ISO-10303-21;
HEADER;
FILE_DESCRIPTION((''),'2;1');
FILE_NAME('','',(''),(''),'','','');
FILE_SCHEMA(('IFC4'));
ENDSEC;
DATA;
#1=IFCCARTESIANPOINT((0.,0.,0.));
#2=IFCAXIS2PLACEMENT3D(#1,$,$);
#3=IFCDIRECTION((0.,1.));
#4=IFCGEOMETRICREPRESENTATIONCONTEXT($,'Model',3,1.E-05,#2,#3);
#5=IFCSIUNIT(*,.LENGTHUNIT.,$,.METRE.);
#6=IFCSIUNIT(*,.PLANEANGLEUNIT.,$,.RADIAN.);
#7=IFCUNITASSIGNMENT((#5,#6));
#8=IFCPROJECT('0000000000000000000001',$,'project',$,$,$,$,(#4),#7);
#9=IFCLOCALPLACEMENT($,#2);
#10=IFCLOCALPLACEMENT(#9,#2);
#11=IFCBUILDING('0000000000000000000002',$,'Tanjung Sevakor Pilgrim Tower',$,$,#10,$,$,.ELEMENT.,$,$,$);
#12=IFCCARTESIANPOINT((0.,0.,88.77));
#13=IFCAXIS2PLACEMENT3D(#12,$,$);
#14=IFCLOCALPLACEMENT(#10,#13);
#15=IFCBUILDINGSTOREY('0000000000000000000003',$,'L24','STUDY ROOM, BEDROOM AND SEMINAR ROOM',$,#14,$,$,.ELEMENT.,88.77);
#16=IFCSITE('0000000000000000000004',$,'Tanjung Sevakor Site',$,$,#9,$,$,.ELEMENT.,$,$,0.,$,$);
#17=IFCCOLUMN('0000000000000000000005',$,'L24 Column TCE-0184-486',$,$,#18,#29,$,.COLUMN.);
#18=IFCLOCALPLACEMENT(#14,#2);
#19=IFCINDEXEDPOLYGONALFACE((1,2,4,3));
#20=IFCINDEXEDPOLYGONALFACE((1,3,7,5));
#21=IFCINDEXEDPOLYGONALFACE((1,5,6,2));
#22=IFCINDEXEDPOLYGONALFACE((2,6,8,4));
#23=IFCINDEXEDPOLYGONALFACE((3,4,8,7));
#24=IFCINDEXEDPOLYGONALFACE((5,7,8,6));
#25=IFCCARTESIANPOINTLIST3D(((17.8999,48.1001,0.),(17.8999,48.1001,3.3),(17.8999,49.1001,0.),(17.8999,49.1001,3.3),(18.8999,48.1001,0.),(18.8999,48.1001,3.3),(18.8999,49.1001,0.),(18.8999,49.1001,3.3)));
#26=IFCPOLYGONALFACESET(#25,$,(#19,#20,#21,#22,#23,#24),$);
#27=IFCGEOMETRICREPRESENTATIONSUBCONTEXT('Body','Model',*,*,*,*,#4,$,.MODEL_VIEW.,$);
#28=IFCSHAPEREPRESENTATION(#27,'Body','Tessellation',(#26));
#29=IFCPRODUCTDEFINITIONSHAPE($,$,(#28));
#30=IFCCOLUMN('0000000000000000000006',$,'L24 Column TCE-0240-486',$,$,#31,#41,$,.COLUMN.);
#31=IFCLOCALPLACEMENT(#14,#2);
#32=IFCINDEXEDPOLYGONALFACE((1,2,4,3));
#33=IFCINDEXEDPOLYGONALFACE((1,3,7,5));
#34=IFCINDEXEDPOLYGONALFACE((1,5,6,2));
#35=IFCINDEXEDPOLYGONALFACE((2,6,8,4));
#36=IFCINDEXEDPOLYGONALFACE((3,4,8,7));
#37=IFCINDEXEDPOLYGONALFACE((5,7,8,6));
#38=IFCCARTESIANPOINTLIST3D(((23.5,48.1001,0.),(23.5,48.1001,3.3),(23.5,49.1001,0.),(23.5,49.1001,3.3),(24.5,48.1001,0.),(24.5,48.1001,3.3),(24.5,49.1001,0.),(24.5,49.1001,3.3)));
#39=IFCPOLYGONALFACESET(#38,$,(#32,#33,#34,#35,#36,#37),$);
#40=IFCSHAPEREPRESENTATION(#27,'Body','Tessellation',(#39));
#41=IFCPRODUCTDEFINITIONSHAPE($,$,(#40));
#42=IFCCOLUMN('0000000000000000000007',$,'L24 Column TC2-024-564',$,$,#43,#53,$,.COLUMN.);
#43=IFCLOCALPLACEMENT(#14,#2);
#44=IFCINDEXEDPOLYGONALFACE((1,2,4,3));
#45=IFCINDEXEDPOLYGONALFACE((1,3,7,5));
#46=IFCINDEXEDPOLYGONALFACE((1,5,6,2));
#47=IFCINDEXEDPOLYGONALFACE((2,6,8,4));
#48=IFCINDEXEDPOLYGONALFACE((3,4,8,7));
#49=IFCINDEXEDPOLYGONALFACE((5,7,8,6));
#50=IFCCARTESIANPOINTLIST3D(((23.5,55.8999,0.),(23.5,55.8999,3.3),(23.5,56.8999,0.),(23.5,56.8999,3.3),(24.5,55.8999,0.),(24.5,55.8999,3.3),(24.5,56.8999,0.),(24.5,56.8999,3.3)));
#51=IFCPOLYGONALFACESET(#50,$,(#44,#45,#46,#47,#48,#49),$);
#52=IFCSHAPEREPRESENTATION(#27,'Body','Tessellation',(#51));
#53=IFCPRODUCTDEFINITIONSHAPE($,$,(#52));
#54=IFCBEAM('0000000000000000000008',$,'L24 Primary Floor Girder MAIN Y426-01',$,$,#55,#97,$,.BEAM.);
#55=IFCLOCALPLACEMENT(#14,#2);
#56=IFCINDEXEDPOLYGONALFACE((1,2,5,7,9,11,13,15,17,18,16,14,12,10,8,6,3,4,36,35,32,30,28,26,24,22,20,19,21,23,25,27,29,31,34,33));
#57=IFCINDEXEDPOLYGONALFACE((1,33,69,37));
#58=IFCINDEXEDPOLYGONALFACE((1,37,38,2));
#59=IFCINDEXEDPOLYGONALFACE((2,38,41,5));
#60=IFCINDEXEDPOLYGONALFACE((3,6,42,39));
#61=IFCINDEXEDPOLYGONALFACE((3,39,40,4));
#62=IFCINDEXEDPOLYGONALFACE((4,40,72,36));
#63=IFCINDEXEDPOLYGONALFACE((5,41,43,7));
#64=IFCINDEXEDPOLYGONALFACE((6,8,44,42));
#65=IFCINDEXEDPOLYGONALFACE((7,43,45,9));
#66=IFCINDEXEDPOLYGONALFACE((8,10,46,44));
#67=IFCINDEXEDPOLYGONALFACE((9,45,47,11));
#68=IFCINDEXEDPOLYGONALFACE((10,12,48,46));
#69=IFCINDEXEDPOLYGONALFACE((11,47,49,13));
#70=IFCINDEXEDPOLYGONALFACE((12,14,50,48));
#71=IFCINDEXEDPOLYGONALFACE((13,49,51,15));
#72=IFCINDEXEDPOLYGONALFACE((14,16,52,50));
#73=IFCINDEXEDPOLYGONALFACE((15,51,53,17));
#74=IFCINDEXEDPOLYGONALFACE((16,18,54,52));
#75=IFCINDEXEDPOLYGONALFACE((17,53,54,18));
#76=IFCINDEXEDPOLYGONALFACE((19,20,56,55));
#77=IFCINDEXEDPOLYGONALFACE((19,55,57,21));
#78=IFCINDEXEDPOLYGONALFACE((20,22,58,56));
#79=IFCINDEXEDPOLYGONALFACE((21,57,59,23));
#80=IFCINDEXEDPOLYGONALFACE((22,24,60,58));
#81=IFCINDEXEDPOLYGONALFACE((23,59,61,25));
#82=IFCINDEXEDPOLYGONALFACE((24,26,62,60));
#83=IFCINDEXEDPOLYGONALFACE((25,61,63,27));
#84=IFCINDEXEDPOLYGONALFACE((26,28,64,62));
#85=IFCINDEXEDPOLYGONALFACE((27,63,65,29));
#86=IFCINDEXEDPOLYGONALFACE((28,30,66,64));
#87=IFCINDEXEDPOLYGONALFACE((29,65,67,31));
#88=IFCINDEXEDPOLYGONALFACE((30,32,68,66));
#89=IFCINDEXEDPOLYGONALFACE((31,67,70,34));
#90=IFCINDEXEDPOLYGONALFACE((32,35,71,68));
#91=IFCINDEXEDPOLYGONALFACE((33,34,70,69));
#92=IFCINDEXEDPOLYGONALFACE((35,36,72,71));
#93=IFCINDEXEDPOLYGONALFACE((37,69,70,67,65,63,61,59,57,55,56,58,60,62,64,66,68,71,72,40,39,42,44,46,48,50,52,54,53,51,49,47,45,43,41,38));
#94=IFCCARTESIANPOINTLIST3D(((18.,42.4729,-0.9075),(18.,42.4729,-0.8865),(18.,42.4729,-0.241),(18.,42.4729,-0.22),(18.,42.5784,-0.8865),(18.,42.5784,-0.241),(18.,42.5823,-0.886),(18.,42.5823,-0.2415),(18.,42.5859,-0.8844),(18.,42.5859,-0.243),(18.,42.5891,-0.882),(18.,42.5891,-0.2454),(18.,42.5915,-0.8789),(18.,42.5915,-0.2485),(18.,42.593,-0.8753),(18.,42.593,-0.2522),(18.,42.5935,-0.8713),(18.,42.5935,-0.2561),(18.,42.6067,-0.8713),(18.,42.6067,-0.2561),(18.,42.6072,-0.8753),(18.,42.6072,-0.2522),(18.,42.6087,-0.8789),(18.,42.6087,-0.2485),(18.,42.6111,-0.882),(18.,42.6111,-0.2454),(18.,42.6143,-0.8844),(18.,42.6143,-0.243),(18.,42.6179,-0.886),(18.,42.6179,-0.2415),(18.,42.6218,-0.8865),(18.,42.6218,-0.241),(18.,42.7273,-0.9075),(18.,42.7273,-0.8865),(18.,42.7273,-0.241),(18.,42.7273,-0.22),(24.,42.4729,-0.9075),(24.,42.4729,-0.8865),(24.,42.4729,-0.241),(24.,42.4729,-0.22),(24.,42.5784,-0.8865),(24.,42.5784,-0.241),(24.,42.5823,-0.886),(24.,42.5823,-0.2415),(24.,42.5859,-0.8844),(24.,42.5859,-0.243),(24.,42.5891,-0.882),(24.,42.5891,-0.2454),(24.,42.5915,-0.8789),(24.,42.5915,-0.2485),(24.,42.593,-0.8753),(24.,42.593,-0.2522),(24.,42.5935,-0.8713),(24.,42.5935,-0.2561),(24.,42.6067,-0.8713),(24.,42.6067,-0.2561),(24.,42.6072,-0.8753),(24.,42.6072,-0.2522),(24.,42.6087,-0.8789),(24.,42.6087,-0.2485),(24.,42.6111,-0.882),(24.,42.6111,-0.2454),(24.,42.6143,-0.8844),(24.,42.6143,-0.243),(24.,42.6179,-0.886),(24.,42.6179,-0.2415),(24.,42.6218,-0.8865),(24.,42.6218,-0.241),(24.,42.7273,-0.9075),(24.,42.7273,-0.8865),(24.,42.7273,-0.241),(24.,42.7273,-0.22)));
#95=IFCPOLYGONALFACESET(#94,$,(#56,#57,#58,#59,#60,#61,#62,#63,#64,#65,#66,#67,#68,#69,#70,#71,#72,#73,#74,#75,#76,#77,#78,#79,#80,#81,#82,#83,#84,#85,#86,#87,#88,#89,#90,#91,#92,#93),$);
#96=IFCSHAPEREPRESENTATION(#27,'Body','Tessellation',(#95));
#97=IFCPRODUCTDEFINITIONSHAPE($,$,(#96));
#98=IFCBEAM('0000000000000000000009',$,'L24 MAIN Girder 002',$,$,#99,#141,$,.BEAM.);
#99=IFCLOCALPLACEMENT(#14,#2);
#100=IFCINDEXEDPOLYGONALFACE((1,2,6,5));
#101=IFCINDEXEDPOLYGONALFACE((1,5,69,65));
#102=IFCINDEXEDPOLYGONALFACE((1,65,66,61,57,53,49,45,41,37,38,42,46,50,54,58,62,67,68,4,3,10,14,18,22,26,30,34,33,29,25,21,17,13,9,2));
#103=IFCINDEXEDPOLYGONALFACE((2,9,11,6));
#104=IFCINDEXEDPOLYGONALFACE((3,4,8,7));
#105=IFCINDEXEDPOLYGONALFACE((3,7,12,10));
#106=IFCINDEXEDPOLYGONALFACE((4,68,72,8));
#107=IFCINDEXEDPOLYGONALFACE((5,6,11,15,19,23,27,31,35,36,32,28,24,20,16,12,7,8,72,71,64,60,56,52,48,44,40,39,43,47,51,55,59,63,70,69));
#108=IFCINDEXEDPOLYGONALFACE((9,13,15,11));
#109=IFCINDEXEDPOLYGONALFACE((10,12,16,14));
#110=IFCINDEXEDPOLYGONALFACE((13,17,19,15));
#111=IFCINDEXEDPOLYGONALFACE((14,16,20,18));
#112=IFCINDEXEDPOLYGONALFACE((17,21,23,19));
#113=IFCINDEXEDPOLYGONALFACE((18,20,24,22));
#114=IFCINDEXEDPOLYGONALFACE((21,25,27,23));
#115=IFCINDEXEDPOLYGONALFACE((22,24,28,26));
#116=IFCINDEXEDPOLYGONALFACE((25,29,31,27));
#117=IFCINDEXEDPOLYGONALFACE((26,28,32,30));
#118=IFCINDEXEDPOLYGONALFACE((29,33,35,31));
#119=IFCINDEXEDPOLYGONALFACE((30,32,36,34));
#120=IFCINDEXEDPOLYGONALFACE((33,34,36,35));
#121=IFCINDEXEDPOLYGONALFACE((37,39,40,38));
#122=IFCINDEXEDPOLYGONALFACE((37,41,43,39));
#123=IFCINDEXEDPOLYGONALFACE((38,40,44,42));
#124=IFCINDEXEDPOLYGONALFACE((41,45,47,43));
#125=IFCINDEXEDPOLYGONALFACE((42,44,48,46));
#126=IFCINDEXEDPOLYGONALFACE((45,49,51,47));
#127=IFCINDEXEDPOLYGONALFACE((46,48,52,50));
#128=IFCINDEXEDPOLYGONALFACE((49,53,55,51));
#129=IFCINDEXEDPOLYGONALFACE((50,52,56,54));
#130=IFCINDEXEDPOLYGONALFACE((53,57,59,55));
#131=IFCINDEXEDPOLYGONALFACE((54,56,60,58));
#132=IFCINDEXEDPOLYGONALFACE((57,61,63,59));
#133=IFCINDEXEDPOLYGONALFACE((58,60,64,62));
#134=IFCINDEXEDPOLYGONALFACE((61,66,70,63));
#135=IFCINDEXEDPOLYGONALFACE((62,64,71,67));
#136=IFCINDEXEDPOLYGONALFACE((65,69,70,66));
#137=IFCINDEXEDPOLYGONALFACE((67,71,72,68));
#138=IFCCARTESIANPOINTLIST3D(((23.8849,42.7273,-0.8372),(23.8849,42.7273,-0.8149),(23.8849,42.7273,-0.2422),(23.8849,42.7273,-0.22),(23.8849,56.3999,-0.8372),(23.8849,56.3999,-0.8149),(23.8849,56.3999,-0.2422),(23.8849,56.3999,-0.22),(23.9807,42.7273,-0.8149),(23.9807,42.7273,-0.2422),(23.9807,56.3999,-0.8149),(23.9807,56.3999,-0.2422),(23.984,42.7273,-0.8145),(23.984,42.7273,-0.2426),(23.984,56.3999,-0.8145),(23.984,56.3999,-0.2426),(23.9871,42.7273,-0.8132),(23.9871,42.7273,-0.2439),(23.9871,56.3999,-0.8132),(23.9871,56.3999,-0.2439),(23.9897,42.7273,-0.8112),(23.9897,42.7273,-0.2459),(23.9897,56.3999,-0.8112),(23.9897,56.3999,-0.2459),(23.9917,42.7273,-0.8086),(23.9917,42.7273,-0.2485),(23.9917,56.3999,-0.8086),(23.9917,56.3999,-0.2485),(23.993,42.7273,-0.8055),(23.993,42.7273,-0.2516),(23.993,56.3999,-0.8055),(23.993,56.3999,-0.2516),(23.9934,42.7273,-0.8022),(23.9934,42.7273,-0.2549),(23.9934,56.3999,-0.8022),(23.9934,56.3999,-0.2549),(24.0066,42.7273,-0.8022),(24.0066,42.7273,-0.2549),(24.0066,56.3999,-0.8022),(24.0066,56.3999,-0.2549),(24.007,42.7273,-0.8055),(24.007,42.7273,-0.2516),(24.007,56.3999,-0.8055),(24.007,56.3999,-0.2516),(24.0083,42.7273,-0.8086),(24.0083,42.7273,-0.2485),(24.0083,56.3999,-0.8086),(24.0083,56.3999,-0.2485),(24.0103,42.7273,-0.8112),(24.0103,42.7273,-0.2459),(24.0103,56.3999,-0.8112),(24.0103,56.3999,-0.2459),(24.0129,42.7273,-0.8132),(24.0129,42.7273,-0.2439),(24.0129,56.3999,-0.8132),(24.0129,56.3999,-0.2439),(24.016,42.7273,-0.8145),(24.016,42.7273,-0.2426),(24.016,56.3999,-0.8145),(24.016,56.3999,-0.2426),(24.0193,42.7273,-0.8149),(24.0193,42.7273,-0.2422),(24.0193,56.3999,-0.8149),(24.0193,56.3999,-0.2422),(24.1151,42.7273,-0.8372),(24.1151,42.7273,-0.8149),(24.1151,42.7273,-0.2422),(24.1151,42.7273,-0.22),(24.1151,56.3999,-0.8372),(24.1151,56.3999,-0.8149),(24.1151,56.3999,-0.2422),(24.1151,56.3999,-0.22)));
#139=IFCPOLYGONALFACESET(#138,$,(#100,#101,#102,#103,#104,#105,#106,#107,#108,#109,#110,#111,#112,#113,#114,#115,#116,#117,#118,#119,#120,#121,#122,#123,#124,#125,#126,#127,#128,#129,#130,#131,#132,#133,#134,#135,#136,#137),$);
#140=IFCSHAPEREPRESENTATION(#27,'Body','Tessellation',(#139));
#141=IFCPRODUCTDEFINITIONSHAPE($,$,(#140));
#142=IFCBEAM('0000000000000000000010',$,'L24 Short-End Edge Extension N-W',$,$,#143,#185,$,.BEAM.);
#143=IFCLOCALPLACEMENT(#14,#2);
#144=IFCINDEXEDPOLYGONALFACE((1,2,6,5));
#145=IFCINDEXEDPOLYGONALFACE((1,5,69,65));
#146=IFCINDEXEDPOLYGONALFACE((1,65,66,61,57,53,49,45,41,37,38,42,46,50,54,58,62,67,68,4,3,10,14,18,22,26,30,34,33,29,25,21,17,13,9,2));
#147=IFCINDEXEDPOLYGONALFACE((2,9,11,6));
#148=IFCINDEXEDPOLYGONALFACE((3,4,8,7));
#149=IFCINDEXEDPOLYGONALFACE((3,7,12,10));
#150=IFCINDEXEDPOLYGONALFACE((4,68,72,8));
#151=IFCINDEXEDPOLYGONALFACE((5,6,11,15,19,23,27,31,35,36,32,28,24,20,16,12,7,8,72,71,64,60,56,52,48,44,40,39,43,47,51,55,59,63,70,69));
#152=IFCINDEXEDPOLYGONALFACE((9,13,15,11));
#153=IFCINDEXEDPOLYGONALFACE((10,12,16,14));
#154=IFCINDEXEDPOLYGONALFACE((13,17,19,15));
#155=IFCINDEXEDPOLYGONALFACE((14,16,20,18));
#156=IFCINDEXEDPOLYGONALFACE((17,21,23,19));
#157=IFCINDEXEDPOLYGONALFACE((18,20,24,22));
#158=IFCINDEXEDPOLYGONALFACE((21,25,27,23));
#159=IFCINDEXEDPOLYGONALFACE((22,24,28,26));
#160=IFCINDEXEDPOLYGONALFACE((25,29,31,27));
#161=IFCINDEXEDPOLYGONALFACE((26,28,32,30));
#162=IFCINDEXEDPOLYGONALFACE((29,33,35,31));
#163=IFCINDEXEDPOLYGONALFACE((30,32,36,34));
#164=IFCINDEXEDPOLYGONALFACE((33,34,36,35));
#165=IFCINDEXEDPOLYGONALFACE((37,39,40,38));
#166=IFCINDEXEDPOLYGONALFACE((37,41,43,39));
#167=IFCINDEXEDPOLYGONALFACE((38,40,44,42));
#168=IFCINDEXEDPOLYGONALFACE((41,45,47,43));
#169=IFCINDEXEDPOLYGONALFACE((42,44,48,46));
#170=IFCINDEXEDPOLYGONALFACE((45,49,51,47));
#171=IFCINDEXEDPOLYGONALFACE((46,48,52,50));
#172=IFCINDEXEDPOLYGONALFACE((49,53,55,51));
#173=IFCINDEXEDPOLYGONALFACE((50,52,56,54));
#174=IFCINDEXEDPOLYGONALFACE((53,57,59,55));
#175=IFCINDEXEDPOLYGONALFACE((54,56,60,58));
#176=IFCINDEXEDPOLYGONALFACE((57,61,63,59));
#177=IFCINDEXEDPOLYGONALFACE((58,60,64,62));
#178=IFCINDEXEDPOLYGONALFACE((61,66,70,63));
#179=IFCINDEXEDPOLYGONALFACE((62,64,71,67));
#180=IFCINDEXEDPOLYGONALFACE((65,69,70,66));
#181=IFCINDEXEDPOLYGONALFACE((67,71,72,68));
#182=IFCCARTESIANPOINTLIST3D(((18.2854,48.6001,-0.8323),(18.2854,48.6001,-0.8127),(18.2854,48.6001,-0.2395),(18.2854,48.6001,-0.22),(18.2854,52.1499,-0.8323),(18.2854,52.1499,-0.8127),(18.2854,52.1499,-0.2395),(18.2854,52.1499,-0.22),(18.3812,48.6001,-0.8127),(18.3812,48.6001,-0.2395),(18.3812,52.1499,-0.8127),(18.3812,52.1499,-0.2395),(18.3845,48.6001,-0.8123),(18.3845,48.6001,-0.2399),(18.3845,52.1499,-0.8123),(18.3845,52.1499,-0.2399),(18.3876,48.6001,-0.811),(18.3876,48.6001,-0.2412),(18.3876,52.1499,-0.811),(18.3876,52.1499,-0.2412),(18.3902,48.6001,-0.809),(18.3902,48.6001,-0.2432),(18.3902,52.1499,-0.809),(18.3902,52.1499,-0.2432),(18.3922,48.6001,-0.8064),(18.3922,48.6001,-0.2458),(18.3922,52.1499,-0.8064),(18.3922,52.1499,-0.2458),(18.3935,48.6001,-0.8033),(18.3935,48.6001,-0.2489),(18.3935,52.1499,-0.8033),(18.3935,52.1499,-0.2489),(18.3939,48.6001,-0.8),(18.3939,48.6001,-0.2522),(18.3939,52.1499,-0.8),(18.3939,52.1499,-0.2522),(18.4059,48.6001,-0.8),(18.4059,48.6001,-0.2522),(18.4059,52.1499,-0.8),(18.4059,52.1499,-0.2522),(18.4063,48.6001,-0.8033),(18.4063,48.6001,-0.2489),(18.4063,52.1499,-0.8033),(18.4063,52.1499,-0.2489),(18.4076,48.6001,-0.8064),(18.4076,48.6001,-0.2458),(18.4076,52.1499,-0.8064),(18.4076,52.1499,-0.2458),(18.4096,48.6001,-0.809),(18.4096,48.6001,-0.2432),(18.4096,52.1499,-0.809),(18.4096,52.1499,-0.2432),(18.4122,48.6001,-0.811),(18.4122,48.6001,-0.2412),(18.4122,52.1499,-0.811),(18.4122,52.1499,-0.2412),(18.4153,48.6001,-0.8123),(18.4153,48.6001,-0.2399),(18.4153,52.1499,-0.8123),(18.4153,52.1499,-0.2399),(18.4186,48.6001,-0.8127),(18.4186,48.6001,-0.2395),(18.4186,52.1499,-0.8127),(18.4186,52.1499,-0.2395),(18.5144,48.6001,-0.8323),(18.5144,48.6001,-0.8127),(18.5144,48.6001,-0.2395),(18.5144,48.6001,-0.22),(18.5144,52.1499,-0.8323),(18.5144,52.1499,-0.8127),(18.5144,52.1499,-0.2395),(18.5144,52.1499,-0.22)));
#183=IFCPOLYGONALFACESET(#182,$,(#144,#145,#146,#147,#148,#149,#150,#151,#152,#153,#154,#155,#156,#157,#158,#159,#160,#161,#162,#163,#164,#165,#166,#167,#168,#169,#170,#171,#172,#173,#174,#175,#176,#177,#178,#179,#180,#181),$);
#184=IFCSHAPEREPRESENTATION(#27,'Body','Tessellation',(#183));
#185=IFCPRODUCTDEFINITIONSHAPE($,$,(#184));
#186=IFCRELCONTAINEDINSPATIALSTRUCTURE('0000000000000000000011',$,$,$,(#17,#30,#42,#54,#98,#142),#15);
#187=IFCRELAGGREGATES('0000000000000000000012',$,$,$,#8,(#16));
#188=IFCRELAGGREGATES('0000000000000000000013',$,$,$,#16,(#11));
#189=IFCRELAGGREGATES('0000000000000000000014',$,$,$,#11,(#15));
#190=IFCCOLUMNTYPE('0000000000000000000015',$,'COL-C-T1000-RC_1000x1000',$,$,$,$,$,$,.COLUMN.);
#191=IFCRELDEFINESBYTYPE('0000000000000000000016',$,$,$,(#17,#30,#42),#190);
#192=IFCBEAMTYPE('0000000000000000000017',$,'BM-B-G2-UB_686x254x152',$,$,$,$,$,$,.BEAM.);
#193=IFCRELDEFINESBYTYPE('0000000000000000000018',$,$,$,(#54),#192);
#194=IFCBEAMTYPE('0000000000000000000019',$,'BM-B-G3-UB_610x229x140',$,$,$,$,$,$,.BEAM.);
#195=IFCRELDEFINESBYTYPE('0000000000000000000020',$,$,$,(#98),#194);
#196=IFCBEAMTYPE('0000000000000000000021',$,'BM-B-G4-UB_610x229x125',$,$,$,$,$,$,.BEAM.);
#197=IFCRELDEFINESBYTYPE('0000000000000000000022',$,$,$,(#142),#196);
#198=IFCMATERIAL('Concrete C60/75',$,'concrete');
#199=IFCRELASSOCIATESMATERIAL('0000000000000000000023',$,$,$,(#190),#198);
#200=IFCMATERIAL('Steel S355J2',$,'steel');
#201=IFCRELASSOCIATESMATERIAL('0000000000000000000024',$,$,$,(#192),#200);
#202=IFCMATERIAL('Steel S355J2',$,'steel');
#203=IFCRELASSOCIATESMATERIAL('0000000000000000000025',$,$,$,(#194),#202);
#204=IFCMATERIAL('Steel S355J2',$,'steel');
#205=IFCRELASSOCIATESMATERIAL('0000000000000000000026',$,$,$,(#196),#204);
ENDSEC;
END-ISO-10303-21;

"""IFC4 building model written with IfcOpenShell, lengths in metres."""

from ifc_helpers import new_model, si_unit, direction, frame, origin, origin_2d, place, context, subcontext, project, spatial, rectangle, i_section, extrude, material, material_profile, profile_set, type_object, element, save


model = new_model("IFC4")

# Units and contexts
model_context = context("Model", 3, precision=1e-05, world=origin(), true_north=direction((0.0, 1.0)))
body_context = subcontext(model_context, "Body", "Model", "MODEL_VIEW")
ifc_project = project(units=[si_unit("LENGTHUNIT", "METRE"), si_unit("PLANEANGLEUNIT", "RADIAN")], contexts=[model_context])

# Site, building, storey
site_placement = place(None, origin())
site = spatial("IfcSite", under=ifc_project, at=site_placement, Name="Tanjung Sevakor Site", CompositionType="ELEMENT", RefElevation=0.0)
building_placement = place(site_placement, origin())
building = spatial("IfcBuilding", under=site, at=building_placement, Name="Tanjung Sevakor Pilgrim Tower", CompositionType="ELEMENT")
storey_placement = place(building_placement, frame((0.0, 0.0, 88.77)))
storey = spatial("IfcBuildingStorey", under=building, at=storey_placement, Name="L24", Description="STUDY ROOM, BEDROOM AND SEMINAR ROOM", CompositionType="ELEMENT", Elevation=88.77)

# Columns
ifc_material_1 = material(Name="Concrete C60/75", Category="concrete")
ifc_material_profile_1 = material_profile(ifc_material_1, rectangle(XDim=1.0, YDim=1.0, at=origin_2d()))
ifc_profile_set_1 = profile_set([ifc_material_profile_1], Name="Concrete C60/75")
column_type = type_object("IfcColumnType", Name="COL-C-T1000-RC_1000x1000", PredefinedType="COLUMN", material=ifc_profile_set_1)
for number, where, z_axis, x_axis, name in (
    (1, (18.3999, 48.6001, 0.0), (0.0, 0.0, 1.0), (1.0, 0.0, 0.0), "L24 Column TCE-0184-486"),
    (2, (24.0, 48.6001, 0.0), (0.0, 0.0, 1.0), (1.0, 0.0, 0.0), "L24 Column TCE-0240-486"),
    (3, (24.0, 56.3999, 0.0), (0.0, 0.0, 1.0), (1.0, 0.0, 0.0), "L24 Column TC2-024-564"),
):
    element("IfcColumn", number, at=place(storey_placement, frame(where, z_axis=z_axis, x_axis=x_axis)), inside=storey, type_object=column_type, Name=name, PredefinedType="COLUMN", context=body_context, shape_type="SweptSolid", body=[
        extrude(rectangle(XDim=1.0, YDim=1.0, at=origin_2d()), origin(), (0.0, 0.0, 1.0), 3.3),
    ])

# Beams
ifc_material_2 = material(Name="Steel S355J2", Category="steel")
ifc_material_profile_2 = material_profile(ifc_material_2, i_section(OverallWidth=0.2544, OverallDepth=0.6875, WebThickness=0.0132, FlangeThickness=0.021, FilletRadius=0.0151, at=origin_2d()))
ifc_profile_set_2 = profile_set([ifc_material_profile_2], Name="Steel S355J2")
beam_type_1 = type_object("IfcBeamType", Name="BM-B-G2-UB_686x254x152", PredefinedType="BEAM", material=ifc_profile_set_2)
beam_1_placement = place(storey_placement, frame((18.0, 42.6001, -0.5637), z_axis=(1.0, 0.0, 0.0), x_axis=(0.0, 1.0, 0.0)))
element("IfcBeam", 4, at=beam_1_placement, inside=storey, type_object=beam_type_1, Name="L24 Primary Floor Girder MAIN Y426-01", PredefinedType="BEAM", context=body_context, shape_type="SweptSolid", body=[
    extrude(i_section(OverallWidth=0.2544, OverallDepth=0.6875, WebThickness=0.0132, FlangeThickness=0.021, FilletRadius=0.0151, at=origin_2d()), origin(), (0.0, 0.0, 1.0), 6.0),
])
ifc_material_3 = material(Name="Steel S355J2", Category="steel")
ifc_material_profile_3 = material_profile(ifc_material_3, i_section(OverallWidth=0.2302, OverallDepth=0.6172, WebThickness=0.0132, FlangeThickness=0.0222, FilletRadius=0.0127, at=origin_2d()))
ifc_profile_set_3 = profile_set([ifc_material_profile_3], Name="Steel S355J2")
beam_type_2 = type_object("IfcBeamType", Name="BM-B-G3-UB_610x229x140", PredefinedType="BEAM", material=ifc_profile_set_3)
beam_2_placement = place(storey_placement, frame((24.0, 42.7273, -0.5286), z_axis=(0.0, 1.0, 0.0), x_axis=(-1.0, 0.0, 0.0)))
element("IfcBeam", 5, at=beam_2_placement, inside=storey, type_object=beam_type_2, Name="L24 MAIN Girder 002", PredefinedType="BEAM", context=body_context, shape_type="SweptSolid", body=[
    extrude(i_section(OverallWidth=0.2302, OverallDepth=0.6172, WebThickness=0.0132, FlangeThickness=0.0222, FilletRadius=0.0127, at=origin_2d()), origin(), (0.0, 0.0, 1.0), 13.6726),
])
ifc_material_4 = material(Name="Steel S355J2", Category="steel")
ifc_material_profile_4 = material_profile(ifc_material_4, i_section(OverallWidth=0.229, OverallDepth=0.6123, WebThickness=0.012, FlangeThickness=0.0195, FilletRadius=0.0127, at=origin_2d()))
ifc_profile_set_4 = profile_set([ifc_material_profile_4], Name="Steel S355J2")
beam_type_3 = type_object("IfcBeamType", Name="BM-B-G4-UB_610x229x125", PredefinedType="BEAM", material=ifc_profile_set_4)
beam_3_placement = place(storey_placement, frame((18.3999, 48.6001, -0.5261), z_axis=(0.0, 1.0, 0.0), x_axis=(-1.0, 0.0, 0.0)))
element("IfcBeam", 6, at=beam_3_placement, inside=storey, type_object=beam_type_3, Name="L24 Short-End Edge Extension N-W", PredefinedType="BEAM", context=body_context, shape_type="SweptSolid", body=[
    extrude(i_section(OverallWidth=0.229, OverallDepth=0.6123, WebThickness=0.012, FlangeThickness=0.0195, FilletRadius=0.0127, at=origin_2d()), origin(), (0.0, 0.0, 1.0), 3.5498),
])

save(model, "model.ifc")
